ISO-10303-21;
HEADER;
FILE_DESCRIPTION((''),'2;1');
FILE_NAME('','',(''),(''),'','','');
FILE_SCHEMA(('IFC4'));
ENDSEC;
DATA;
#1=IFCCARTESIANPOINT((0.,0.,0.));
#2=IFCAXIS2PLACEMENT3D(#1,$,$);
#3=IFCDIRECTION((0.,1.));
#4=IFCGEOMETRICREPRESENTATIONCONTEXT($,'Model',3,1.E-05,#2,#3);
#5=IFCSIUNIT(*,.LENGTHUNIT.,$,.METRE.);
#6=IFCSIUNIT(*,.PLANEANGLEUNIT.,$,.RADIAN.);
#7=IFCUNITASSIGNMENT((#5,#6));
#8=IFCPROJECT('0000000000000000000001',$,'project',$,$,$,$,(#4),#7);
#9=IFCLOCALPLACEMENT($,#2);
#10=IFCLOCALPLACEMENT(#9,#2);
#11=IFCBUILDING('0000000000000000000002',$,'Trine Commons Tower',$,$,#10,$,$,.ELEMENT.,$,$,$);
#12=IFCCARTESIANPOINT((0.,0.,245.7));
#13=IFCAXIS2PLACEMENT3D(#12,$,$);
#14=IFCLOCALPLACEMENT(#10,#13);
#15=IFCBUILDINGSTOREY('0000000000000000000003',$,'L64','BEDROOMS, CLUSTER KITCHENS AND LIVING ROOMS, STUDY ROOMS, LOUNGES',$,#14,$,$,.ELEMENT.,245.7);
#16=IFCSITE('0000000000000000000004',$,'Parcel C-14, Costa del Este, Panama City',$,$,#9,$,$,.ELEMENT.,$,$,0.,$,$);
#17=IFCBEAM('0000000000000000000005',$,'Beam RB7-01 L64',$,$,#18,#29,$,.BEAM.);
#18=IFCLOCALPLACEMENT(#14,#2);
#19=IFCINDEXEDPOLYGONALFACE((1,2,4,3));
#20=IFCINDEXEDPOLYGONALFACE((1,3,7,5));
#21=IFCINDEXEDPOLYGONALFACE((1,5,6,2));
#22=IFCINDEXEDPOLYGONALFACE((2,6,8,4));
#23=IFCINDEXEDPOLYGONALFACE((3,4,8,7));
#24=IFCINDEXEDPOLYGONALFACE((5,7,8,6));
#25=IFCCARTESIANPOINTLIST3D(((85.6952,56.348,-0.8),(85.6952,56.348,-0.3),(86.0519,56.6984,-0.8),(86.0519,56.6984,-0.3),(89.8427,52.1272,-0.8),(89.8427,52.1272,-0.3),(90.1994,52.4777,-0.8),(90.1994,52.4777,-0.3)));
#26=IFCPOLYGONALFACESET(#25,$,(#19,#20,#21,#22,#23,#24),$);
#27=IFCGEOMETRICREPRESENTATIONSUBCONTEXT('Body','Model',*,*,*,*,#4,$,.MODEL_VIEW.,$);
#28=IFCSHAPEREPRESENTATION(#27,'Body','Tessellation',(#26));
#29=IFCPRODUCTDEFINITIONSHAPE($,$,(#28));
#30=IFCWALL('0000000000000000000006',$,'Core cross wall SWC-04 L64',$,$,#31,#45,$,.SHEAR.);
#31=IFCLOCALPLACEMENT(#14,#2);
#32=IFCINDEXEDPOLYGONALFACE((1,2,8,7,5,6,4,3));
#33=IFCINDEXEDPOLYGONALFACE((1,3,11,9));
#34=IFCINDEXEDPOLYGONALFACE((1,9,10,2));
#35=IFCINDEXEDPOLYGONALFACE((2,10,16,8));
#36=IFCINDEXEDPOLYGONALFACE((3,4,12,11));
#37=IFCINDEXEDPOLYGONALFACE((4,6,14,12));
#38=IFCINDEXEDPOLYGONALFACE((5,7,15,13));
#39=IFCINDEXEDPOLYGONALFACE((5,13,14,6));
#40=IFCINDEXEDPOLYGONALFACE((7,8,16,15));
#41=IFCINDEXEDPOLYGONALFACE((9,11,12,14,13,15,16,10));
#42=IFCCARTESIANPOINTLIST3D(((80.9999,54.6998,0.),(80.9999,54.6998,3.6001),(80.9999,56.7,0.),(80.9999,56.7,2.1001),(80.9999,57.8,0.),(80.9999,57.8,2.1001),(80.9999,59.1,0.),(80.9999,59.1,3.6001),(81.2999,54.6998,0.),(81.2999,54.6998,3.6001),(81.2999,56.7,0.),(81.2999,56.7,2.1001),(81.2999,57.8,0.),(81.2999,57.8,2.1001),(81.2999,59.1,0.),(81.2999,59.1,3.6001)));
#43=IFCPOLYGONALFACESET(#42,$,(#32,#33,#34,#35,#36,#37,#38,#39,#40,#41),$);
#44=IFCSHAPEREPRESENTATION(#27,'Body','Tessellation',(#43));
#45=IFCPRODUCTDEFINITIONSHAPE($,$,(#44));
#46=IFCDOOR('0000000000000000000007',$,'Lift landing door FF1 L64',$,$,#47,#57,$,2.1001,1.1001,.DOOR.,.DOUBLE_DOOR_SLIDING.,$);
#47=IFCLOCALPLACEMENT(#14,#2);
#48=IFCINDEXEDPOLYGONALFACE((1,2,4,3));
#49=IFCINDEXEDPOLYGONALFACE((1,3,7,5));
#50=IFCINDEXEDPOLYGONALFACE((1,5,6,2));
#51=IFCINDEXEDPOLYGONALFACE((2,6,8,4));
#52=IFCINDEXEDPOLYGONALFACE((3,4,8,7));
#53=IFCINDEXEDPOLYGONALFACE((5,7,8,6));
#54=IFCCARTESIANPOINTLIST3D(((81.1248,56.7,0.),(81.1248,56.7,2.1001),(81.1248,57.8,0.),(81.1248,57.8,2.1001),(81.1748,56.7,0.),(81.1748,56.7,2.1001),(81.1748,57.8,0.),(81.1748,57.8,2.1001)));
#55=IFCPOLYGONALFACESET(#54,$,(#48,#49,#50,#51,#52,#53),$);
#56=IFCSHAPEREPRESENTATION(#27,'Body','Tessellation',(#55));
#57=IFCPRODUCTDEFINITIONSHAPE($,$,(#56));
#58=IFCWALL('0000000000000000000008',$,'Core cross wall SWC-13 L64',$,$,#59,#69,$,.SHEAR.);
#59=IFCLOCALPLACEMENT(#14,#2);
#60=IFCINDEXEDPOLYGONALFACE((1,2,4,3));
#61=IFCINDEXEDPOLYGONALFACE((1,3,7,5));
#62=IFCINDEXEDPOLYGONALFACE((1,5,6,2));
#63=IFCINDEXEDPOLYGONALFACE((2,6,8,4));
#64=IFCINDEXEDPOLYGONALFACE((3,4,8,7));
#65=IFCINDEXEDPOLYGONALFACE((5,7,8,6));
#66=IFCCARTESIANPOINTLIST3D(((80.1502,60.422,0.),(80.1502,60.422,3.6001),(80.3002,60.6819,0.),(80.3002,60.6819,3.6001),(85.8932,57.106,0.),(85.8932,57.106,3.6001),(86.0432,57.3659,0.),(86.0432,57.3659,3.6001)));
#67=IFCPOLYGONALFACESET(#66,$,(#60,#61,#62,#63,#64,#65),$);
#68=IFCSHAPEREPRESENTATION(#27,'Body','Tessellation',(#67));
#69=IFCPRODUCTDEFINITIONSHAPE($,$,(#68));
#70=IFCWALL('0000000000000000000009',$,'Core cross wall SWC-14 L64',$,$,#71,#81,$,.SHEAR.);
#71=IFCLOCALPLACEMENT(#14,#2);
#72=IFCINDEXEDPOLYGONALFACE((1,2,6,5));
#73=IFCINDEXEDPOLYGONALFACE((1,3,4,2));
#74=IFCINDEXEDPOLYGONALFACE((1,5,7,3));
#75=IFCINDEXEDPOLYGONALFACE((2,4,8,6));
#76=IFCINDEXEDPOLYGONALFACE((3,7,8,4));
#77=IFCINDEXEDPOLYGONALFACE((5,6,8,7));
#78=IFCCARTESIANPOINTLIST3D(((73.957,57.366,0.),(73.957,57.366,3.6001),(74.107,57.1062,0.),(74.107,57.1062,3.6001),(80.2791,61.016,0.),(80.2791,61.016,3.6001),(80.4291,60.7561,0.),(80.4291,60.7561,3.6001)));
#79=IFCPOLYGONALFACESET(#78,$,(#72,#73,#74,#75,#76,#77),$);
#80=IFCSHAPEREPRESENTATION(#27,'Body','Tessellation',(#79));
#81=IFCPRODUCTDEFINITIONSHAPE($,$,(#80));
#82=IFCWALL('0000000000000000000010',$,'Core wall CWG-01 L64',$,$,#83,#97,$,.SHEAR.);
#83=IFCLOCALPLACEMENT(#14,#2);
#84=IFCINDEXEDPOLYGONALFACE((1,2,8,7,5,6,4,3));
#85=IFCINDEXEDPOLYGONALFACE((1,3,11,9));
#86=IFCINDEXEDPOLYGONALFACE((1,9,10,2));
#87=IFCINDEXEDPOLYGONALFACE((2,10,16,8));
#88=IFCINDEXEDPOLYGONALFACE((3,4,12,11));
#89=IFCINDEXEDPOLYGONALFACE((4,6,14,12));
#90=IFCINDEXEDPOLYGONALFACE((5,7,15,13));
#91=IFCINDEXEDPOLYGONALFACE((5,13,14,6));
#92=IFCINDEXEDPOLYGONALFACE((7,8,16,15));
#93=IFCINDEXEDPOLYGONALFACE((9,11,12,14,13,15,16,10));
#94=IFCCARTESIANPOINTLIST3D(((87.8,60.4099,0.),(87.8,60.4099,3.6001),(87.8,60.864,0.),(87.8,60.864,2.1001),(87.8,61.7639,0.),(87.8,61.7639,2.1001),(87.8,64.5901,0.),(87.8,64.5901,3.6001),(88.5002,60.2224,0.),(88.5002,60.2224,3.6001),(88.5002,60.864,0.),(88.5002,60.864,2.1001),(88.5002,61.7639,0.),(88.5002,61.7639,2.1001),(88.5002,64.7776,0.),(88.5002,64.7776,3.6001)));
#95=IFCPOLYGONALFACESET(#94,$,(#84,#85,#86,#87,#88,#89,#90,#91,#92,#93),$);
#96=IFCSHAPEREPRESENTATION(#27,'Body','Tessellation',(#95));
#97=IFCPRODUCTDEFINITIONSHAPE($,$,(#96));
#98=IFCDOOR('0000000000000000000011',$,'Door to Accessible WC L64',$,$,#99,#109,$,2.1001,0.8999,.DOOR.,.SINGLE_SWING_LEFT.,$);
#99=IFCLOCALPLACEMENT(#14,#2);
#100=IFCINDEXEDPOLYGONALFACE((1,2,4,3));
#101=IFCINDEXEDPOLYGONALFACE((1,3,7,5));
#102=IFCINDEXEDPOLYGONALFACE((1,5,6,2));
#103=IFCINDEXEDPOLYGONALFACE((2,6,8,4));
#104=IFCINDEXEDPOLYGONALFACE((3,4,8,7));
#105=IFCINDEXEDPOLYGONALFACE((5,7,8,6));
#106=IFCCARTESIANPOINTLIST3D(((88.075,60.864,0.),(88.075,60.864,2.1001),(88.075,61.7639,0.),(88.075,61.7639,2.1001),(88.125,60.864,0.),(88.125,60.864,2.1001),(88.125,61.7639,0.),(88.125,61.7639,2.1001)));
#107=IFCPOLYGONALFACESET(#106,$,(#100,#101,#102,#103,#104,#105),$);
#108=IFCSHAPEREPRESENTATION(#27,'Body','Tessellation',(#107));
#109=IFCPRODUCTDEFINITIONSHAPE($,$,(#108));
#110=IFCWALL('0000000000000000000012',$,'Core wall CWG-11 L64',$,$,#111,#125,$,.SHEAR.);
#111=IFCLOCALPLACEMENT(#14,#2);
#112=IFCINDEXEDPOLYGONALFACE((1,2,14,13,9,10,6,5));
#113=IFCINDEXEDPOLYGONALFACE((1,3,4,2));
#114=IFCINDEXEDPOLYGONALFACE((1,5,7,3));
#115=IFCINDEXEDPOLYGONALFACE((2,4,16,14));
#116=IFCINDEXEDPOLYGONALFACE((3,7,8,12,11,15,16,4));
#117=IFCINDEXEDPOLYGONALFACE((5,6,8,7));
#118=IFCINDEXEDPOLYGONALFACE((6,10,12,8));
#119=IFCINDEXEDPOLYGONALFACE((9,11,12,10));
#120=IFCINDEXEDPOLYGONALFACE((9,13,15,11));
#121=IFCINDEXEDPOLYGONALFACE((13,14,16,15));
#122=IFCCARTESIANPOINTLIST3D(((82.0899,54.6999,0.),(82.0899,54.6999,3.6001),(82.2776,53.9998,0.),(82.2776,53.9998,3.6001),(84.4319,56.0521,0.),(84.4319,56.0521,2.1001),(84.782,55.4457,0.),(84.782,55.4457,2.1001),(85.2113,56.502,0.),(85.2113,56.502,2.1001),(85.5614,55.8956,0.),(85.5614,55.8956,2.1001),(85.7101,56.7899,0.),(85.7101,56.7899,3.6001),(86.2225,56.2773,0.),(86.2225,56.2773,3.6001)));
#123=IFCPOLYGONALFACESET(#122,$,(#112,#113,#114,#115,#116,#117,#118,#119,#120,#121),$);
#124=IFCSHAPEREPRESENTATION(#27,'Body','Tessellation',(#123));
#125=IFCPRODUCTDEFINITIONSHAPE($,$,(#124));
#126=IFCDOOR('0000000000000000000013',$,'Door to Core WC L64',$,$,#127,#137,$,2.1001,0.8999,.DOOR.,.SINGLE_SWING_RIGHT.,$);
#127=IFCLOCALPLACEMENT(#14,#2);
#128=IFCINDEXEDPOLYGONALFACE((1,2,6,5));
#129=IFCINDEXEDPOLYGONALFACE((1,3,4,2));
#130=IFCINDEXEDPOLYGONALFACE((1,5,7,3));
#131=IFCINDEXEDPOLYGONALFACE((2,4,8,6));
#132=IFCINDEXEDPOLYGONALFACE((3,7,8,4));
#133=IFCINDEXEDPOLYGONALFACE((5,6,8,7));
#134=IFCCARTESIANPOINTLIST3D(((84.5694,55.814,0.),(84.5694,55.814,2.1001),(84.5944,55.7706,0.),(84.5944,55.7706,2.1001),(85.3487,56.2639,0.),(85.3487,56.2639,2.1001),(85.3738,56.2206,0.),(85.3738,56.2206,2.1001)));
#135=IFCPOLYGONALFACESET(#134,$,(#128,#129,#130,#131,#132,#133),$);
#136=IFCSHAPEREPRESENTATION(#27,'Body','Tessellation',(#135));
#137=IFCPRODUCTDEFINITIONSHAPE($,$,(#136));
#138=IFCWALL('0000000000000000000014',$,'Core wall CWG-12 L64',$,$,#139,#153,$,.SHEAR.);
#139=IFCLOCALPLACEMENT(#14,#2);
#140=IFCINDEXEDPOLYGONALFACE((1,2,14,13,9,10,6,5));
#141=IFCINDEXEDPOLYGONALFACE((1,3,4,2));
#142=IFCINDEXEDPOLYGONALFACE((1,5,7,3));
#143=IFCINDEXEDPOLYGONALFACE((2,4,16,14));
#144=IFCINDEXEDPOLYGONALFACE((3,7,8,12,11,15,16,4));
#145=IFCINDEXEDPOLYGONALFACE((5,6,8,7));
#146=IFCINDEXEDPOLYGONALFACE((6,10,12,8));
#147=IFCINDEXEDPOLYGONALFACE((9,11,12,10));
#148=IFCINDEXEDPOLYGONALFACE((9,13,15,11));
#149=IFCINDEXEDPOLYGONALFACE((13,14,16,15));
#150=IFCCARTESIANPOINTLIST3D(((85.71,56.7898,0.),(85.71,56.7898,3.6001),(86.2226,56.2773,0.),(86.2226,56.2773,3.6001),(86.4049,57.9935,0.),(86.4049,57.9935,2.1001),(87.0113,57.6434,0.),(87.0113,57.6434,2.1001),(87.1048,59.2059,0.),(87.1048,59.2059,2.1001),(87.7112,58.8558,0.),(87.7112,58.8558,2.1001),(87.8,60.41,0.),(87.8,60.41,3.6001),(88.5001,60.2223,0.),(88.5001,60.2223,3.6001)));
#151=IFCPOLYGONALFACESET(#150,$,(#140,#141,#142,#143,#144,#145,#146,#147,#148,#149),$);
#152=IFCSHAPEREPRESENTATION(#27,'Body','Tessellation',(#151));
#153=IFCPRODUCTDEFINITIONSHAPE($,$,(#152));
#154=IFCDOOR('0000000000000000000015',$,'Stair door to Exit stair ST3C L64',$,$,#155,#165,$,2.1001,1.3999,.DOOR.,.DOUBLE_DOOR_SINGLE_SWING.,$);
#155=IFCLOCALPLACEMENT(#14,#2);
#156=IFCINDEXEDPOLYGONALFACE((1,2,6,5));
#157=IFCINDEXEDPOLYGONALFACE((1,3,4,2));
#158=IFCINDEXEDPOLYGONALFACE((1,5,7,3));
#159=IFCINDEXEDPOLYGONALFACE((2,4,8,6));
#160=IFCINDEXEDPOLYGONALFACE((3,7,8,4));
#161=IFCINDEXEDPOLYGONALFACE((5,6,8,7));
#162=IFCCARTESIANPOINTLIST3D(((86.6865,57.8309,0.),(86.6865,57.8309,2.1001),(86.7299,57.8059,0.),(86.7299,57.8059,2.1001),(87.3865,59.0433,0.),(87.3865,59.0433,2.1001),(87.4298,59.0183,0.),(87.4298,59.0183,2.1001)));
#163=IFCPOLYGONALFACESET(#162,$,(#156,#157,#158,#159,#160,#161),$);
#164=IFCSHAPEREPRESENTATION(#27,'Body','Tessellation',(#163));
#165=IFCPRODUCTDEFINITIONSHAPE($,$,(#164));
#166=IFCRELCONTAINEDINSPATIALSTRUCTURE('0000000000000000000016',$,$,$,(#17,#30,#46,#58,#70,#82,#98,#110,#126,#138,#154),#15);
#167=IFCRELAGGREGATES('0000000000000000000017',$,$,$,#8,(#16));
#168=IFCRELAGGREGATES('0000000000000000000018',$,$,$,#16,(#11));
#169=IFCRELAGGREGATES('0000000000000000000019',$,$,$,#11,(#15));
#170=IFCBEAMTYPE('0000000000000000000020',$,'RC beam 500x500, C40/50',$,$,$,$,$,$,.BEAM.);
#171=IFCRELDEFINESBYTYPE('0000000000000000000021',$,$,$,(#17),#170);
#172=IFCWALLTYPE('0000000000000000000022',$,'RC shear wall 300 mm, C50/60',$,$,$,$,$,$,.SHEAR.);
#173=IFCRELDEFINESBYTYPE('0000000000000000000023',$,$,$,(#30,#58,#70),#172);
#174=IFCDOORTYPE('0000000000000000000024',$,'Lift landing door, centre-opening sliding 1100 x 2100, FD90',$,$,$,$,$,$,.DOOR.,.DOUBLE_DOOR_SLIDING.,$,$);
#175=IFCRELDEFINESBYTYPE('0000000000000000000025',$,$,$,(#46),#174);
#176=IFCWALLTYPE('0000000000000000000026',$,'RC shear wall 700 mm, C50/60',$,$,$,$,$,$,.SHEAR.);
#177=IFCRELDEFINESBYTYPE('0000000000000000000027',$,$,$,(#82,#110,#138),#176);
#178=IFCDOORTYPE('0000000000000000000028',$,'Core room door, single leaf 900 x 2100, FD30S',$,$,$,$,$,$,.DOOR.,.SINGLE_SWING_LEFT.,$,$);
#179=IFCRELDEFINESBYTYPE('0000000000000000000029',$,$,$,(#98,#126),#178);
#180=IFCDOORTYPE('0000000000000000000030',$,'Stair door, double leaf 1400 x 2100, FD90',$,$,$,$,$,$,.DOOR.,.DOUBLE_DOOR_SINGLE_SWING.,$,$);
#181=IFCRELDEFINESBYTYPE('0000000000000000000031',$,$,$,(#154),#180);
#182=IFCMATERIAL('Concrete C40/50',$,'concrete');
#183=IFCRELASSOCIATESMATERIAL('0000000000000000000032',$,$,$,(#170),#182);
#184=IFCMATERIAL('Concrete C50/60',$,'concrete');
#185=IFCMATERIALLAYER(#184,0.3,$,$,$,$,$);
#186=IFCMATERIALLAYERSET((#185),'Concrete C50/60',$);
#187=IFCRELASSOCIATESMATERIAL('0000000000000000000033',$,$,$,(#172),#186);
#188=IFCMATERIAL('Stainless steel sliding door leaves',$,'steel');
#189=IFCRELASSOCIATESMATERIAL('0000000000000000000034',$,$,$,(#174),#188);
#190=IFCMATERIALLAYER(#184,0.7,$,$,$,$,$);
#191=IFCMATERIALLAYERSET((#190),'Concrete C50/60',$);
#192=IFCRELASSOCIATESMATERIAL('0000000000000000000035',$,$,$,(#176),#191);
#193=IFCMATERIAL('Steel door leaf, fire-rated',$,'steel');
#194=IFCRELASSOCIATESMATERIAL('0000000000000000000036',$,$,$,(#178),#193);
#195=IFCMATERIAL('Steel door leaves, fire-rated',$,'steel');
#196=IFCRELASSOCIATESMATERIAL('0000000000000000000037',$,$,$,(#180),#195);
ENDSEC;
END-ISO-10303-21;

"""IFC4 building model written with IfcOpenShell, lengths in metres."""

from ifc_helpers import new_model, si_unit, direction, frame, frame_2d, origin, origin_2d, place, context, subcontext, project, spatial, polyline, rectangle, outline, extrude, material, layer, layer_set, material_profile, profile_set, type_object, element, fill, save


model = new_model("IFC4")

# Units and contexts
model_context = context("Model", 3, precision=1e-05, world=origin(), true_north=direction((0.0, 1.0)))
body_context = subcontext(model_context, "Body", "Model", "MODEL_VIEW")
ifc_project = project(units=[si_unit("LENGTHUNIT", "METRE"), si_unit("PLANEANGLEUNIT", "RADIAN")], contexts=[model_context])

# Site, building, storey
site_placement = place(None, origin())
site = spatial("IfcSite", under=ifc_project, at=site_placement, Name="Parcel C-14, Costa del Este, Panama City", CompositionType="ELEMENT", RefElevation=0.0)
building_placement = place(site_placement, origin())
building = spatial("IfcBuilding", under=site, at=building_placement, Name="Trine Commons Tower", CompositionType="ELEMENT")
storey_placement = place(building_placement, frame((0.0, 0.0, 245.7)))
storey = spatial("IfcBuildingStorey", under=building, at=storey_placement, Name="L64", Description="BEDROOMS, CLUSTER KITCHENS AND LIVING ROOMS, STUDY ROOMS, LOUNGES", CompositionType="ELEMENT", Elevation=245.7)

# Beam
ifc_material_1 = material(Name="Concrete C40/50", Category="concrete")
ifc_material_profile = material_profile(ifc_material_1, rectangle(XDim=0.5, YDim=0.5, at=origin_2d()), Name="RC 500x500")
ifc_profile_set = profile_set([ifc_material_profile], Name="Concrete C40/50")
beam_type = type_object("IfcBeamType", Name="RC beam 500x500, C40/50", PredefinedType="BEAM", material=ifc_profile_set)
beam_placement = place(storey_placement, frame((85.8735, 56.5232, -0.55), z_axis=(0.700891, -0.713268, 0.0), x_axis=(0.713268, 0.700891, 0.0)))
element("IfcBeam", 1, at=beam_placement, inside=storey, type_object=beam_type, Name="Beam RB7-01 L64", PredefinedType="BEAM", context=body_context, shape_type="SweptSolid", body=[
    extrude(rectangle(XDim=0.5, YDim=0.5, at=origin_2d()), origin(), (0.0, 0.0, 1.0), 5.9175),
])

# Wall, opening, door
ifc_material_2 = material(Name="Concrete C50/60", Category="concrete")
ifc_layer_1 = layer(ifc_material_2, 0.3)
ifc_layer_set_1 = layer_set([ifc_layer_1], Name="Concrete C50/60")
wall_type_1 = type_object("IfcWallType", Name="RC shear wall 300 mm, C50/60", PredefinedType="SHEAR", material=ifc_layer_set_1)
wall_1_placement = place(storey_placement, frame((81.1499, 59.1001, 0.0), z_axis=(0.0, 0.0, 1.0), x_axis=(0.0, -1.0, 0.0)))
wall_1 = element("IfcWall", 2, at=wall_1_placement, inside=storey, type_object=wall_type_1, Name="Core cross wall SWC-04 L64", PredefinedType="SHEAR", context=body_context, shape_type="SweptSolid", body=[
    extrude(rectangle(XDim=4.4001, YDim=0.3, at=frame_2d((2.2002, 0.0))), origin(), (0.0, 0.0, 1.0), 3.6001),
])
opening_1_placement = place(wall_1_placement, frame((1.3, 0.0, 0.0)))
opening_1 = element("IfcOpeningElement", 3, at=opening_1_placement, cuts=wall_1, PredefinedType="OPENING", context=body_context, shape_type="SweptSolid", body=[
    extrude(rectangle(XDim=1.1001, YDim=2.1001, at=frame_2d((0.55, 1.05))), frame((0.0, 0.1599, 0.0), z_axis=(0.0, -1.0, 0.0), x_axis=(1.0, 0.0, 0.0)), (0.0, 0.0, 1.0), 0.3201),
])
ifc_material_3 = material(Name="Stainless steel sliding door leaves", Category="steel")
door_type_1 = type_object("IfcDoorType", Name="Lift landing door, centre-opening sliding 1100 x 2100, FD90", OperationType="DOUBLE_DOOR_SLIDING", PredefinedType="DOOR", material=ifc_material_3)
door_1_placement = place(opening_1_placement, origin())
door_1 = element("IfcDoor", 4, at=door_1_placement, inside=storey, type_object=door_type_1, Name="Lift landing door FF1 L64", OperationType="DOUBLE_DOOR_SLIDING", OverallHeight=2.1001, OverallWidth=1.1001, PredefinedType="DOOR", context=body_context, shape_type="SweptSolid", body=[
    extrude(rectangle(XDim=1.1001, YDim=2.1001, at=frame_2d((0.55, 1.05))), frame((0.0, 0.0249, 0.0), z_axis=(0.0, -1.0, 0.0), x_axis=(1.0, 0.0, 0.0)), (0.0, 0.0, 1.0), 0.05),
])
fill(opening_1, door_1)

# Walls
wall_2_placement = place(storey_placement, frame((80.2251, 60.552, 0.0), z_axis=(0.0, 0.0, 1.0), x_axis=(0.86601, -0.500027, 0.0)))
element("IfcWall", 5, at=wall_2_placement, inside=storey, type_object=wall_type_1, Name="Core cross wall SWC-13 L64", PredefinedType="SHEAR", context=body_context, shape_type="SweptSolid", body=[
    extrude(rectangle(XDim=6.6316, YDim=0.3, at=frame_2d((3.3159, 0.0))), origin(), (0.0, 0.0, 1.0), 3.6001),
])
wall_3_placement = place(storey_placement, frame((80.354, 60.886, 0.0), z_axis=(0.0, 0.0, 1.0), x_axis=(-0.866032, -0.499988, 0.0)))
element("IfcWall", 6, at=wall_3_placement, inside=storey, type_object=wall_type_1, Name="Core cross wall SWC-14 L64", PredefinedType="SHEAR", context=body_context, shape_type="SweptSolid", body=[
    extrude(rectangle(XDim=7.3, YDim=0.3, at=frame_2d((3.6499, 0.0))), origin(), (0.0, 0.0, 1.0), 3.6001),
])

# Walls, openings, doors
ifc_layer_2 = layer(ifc_material_2, 0.7)
ifc_layer_set_2 = layer_set([ifc_layer_2], Name="Concrete C50/60")
wall_type_2 = type_object("IfcWallType", Name="RC shear wall 700 mm, C50/60", PredefinedType="SHEAR", material=ifc_layer_set_2)
wall_4_placement = place(storey_placement, frame((88.1501, 60.2224, 0.0), z_axis=(0.0, 0.0, 1.0), x_axis=(0.0, 1.0, 0.0)))
wall_4 = element("IfcWall", 7, at=wall_4_placement, inside=storey, type_object=wall_type_2, Name="Core wall CWG-01 L64", PredefinedType="SHEAR", context=body_context, shape_type="SweptSolid", body=[
    extrude(outline(polyline([(0.0, -0.3501), (4.5552, -0.3501), (4.3677, 0.3501), (0.1875, 0.3501), (0.0, -0.3501)])), origin(), (0.0, 0.0, 1.0), 3.6001),
])
opening_2_placement = place(wall_4_placement, frame((0.6416, 0.0, 0.0)))
opening_2 = element("IfcOpeningElement", 8, at=opening_2_placement, cuts=wall_4, PredefinedType="OPENING", context=body_context, shape_type="SweptSolid", body=[
    extrude(rectangle(XDim=0.8999, YDim=2.1001, at=frame_2d((0.45, 1.05))), frame((0.0, 0.3599, 0.0), z_axis=(0.0, -1.0, 0.0), x_axis=(1.0, 0.0, 0.0)), (0.0, 0.0, 1.0), 0.72),
])
ifc_material_4 = material(Name="Steel door leaf, fire-rated", Category="steel")
door_type_2 = type_object("IfcDoorType", Name="Core room door, single leaf 900 x 2100, FD30S", OperationType="SINGLE_SWING_LEFT", PredefinedType="DOOR", material=ifc_material_4)
door_2_placement = place(opening_2_placement, origin())
door_2 = element("IfcDoor", 9, at=door_2_placement, inside=storey, type_object=door_type_2, Name="Door to Accessible WC L64", OperationType="SINGLE_SWING_LEFT", OverallHeight=2.1001, OverallWidth=0.8999, PredefinedType="DOOR", context=body_context, shape_type="SweptSolid", body=[
    extrude(rectangle(XDim=0.8999, YDim=2.1001, at=frame_2d((0.45, 1.05))), frame((0.0, 0.0752, 0.0), z_axis=(0.0, -1.0, 0.0), x_axis=(1.0, 0.0, 0.0)), (0.0, 0.0, 1.0), 0.05),
])
fill(opening_2, door_2)
wall_5_placement = place(storey_placement, frame((82.1025, 54.303, 0.0), z_axis=(0.0, 0.0, 1.0), x_axis=(0.866035, 0.499984, 0.0)))
wall_5 = element("IfcWall", 10, at=wall_5_placement, inside=storey, type_object=wall_type_2, Name="Core wall CWG-11 L64", PredefinedType="SHEAR", context=body_context, shape_type="SweptSolid", body=[
    extrude(outline(polyline([(0.0, -0.3501), (4.5552, -0.3501), (4.3677, 0.3501), (0.1875, 0.3501), (0.0, -0.3501)])), origin(), (0.0, 0.0, 1.0), 3.6001),
])
opening_3_placement = place(wall_5_placement, frame((2.8918, 0.0, 0.0)))
opening_3 = element("IfcOpeningElement", 11, at=opening_3_placement, cuts=wall_5, PredefinedType="OPENING", context=body_context, shape_type="SweptSolid", body=[
    extrude(rectangle(XDim=0.8999, YDim=2.1001, at=frame_2d((0.45, 1.05))), frame((0.0, 0.3599, 0.0), z_axis=(0.0, -1.0, 0.0), x_axis=(1.0, 0.0, 0.0)), (0.0, 0.0, 1.0), 0.72),
])
door_3_placement = place(opening_3_placement, origin())
door_3 = element("IfcDoor", 12, at=door_3_placement, inside=storey, type_object=door_type_2, Name="Door to Core WC L64", OperationType="SINGLE_SWING_RIGHT", OverallHeight=2.1001, OverallWidth=0.8999, PredefinedType="DOOR", context=body_context, shape_type="SweptSolid", body=[
    extrude(rectangle(XDim=0.8999, YDim=2.1001, at=frame_2d((0.45, 1.05))), frame((0.0, 0.0752, 0.0), z_axis=(0.0, -1.0, 0.0), x_axis=(1.0, 0.0, 0.0)), (0.0, 0.0, 1.0), 0.05),
])
fill(opening_3, door_3)
wall_6_placement = place(storey_placement, frame((85.9194, 56.4524, 0.0), z_axis=(0.0, 0.0, 1.0), x_axis=(0.499984, 0.866035, 0.0)))
wall_6 = element("IfcWall", 13, at=wall_6_placement, inside=storey, type_object=wall_type_2, Name="Core wall CWG-12 L64", PredefinedType="SHEAR", context=body_context, shape_type="SweptSolid", body=[
    extrude(outline(polyline([(0.0, -0.3501), (4.5552, -0.3501), (4.3677, 0.3501), (0.1875, 0.3501), (0.0, -0.3501)])), origin(), (0.0, 0.0, 1.0), 3.6001),
])
opening_4_placement = place(wall_6_placement, frame((1.5774, 0.0, 0.0)))
opening_4 = element("IfcOpeningElement", 14, at=opening_4_placement, cuts=wall_6, PredefinedType="OPENING", context=body_context, shape_type="SweptSolid", body=[
    extrude(rectangle(XDim=1.3999, YDim=2.1001, at=frame_2d((0.7, 1.05))), frame((0.0, 0.3599, 0.0), z_axis=(0.0, -1.0, 0.0), x_axis=(1.0, 0.0, 0.0)), (0.0, 0.0, 1.0), 0.72),
])
ifc_material_5 = material(Name="Steel door leaves, fire-rated", Category="steel")
door_type_3 = type_object("IfcDoorType", Name="Stair door, double leaf 1400 x 2100, FD90", OperationType="DOUBLE_DOOR_SINGLE_SWING", PredefinedType="DOOR", material=ifc_material_5)
door_4_placement = place(opening_4_placement, origin())
door_4 = element("IfcDoor", 15, at=door_4_placement, inside=storey, type_object=door_type_3, Name="Stair door to Exit stair ST3C L64", OperationType="DOUBLE_DOOR_SINGLE_SWING", OverallHeight=2.1001, OverallWidth=1.3999, PredefinedType="DOOR", context=body_context, shape_type="SweptSolid", body=[
    extrude(rectangle(XDim=1.3999, YDim=2.1001, at=frame_2d((0.7, 1.05))), frame((0.0, 0.0249, 0.0), z_axis=(0.0, -1.0, 0.0), x_axis=(1.0, 0.0, 0.0)), (0.0, 0.0, 1.0), 0.05),
])
fill(opening_4, door_4)

save(model, "model.ifc")
